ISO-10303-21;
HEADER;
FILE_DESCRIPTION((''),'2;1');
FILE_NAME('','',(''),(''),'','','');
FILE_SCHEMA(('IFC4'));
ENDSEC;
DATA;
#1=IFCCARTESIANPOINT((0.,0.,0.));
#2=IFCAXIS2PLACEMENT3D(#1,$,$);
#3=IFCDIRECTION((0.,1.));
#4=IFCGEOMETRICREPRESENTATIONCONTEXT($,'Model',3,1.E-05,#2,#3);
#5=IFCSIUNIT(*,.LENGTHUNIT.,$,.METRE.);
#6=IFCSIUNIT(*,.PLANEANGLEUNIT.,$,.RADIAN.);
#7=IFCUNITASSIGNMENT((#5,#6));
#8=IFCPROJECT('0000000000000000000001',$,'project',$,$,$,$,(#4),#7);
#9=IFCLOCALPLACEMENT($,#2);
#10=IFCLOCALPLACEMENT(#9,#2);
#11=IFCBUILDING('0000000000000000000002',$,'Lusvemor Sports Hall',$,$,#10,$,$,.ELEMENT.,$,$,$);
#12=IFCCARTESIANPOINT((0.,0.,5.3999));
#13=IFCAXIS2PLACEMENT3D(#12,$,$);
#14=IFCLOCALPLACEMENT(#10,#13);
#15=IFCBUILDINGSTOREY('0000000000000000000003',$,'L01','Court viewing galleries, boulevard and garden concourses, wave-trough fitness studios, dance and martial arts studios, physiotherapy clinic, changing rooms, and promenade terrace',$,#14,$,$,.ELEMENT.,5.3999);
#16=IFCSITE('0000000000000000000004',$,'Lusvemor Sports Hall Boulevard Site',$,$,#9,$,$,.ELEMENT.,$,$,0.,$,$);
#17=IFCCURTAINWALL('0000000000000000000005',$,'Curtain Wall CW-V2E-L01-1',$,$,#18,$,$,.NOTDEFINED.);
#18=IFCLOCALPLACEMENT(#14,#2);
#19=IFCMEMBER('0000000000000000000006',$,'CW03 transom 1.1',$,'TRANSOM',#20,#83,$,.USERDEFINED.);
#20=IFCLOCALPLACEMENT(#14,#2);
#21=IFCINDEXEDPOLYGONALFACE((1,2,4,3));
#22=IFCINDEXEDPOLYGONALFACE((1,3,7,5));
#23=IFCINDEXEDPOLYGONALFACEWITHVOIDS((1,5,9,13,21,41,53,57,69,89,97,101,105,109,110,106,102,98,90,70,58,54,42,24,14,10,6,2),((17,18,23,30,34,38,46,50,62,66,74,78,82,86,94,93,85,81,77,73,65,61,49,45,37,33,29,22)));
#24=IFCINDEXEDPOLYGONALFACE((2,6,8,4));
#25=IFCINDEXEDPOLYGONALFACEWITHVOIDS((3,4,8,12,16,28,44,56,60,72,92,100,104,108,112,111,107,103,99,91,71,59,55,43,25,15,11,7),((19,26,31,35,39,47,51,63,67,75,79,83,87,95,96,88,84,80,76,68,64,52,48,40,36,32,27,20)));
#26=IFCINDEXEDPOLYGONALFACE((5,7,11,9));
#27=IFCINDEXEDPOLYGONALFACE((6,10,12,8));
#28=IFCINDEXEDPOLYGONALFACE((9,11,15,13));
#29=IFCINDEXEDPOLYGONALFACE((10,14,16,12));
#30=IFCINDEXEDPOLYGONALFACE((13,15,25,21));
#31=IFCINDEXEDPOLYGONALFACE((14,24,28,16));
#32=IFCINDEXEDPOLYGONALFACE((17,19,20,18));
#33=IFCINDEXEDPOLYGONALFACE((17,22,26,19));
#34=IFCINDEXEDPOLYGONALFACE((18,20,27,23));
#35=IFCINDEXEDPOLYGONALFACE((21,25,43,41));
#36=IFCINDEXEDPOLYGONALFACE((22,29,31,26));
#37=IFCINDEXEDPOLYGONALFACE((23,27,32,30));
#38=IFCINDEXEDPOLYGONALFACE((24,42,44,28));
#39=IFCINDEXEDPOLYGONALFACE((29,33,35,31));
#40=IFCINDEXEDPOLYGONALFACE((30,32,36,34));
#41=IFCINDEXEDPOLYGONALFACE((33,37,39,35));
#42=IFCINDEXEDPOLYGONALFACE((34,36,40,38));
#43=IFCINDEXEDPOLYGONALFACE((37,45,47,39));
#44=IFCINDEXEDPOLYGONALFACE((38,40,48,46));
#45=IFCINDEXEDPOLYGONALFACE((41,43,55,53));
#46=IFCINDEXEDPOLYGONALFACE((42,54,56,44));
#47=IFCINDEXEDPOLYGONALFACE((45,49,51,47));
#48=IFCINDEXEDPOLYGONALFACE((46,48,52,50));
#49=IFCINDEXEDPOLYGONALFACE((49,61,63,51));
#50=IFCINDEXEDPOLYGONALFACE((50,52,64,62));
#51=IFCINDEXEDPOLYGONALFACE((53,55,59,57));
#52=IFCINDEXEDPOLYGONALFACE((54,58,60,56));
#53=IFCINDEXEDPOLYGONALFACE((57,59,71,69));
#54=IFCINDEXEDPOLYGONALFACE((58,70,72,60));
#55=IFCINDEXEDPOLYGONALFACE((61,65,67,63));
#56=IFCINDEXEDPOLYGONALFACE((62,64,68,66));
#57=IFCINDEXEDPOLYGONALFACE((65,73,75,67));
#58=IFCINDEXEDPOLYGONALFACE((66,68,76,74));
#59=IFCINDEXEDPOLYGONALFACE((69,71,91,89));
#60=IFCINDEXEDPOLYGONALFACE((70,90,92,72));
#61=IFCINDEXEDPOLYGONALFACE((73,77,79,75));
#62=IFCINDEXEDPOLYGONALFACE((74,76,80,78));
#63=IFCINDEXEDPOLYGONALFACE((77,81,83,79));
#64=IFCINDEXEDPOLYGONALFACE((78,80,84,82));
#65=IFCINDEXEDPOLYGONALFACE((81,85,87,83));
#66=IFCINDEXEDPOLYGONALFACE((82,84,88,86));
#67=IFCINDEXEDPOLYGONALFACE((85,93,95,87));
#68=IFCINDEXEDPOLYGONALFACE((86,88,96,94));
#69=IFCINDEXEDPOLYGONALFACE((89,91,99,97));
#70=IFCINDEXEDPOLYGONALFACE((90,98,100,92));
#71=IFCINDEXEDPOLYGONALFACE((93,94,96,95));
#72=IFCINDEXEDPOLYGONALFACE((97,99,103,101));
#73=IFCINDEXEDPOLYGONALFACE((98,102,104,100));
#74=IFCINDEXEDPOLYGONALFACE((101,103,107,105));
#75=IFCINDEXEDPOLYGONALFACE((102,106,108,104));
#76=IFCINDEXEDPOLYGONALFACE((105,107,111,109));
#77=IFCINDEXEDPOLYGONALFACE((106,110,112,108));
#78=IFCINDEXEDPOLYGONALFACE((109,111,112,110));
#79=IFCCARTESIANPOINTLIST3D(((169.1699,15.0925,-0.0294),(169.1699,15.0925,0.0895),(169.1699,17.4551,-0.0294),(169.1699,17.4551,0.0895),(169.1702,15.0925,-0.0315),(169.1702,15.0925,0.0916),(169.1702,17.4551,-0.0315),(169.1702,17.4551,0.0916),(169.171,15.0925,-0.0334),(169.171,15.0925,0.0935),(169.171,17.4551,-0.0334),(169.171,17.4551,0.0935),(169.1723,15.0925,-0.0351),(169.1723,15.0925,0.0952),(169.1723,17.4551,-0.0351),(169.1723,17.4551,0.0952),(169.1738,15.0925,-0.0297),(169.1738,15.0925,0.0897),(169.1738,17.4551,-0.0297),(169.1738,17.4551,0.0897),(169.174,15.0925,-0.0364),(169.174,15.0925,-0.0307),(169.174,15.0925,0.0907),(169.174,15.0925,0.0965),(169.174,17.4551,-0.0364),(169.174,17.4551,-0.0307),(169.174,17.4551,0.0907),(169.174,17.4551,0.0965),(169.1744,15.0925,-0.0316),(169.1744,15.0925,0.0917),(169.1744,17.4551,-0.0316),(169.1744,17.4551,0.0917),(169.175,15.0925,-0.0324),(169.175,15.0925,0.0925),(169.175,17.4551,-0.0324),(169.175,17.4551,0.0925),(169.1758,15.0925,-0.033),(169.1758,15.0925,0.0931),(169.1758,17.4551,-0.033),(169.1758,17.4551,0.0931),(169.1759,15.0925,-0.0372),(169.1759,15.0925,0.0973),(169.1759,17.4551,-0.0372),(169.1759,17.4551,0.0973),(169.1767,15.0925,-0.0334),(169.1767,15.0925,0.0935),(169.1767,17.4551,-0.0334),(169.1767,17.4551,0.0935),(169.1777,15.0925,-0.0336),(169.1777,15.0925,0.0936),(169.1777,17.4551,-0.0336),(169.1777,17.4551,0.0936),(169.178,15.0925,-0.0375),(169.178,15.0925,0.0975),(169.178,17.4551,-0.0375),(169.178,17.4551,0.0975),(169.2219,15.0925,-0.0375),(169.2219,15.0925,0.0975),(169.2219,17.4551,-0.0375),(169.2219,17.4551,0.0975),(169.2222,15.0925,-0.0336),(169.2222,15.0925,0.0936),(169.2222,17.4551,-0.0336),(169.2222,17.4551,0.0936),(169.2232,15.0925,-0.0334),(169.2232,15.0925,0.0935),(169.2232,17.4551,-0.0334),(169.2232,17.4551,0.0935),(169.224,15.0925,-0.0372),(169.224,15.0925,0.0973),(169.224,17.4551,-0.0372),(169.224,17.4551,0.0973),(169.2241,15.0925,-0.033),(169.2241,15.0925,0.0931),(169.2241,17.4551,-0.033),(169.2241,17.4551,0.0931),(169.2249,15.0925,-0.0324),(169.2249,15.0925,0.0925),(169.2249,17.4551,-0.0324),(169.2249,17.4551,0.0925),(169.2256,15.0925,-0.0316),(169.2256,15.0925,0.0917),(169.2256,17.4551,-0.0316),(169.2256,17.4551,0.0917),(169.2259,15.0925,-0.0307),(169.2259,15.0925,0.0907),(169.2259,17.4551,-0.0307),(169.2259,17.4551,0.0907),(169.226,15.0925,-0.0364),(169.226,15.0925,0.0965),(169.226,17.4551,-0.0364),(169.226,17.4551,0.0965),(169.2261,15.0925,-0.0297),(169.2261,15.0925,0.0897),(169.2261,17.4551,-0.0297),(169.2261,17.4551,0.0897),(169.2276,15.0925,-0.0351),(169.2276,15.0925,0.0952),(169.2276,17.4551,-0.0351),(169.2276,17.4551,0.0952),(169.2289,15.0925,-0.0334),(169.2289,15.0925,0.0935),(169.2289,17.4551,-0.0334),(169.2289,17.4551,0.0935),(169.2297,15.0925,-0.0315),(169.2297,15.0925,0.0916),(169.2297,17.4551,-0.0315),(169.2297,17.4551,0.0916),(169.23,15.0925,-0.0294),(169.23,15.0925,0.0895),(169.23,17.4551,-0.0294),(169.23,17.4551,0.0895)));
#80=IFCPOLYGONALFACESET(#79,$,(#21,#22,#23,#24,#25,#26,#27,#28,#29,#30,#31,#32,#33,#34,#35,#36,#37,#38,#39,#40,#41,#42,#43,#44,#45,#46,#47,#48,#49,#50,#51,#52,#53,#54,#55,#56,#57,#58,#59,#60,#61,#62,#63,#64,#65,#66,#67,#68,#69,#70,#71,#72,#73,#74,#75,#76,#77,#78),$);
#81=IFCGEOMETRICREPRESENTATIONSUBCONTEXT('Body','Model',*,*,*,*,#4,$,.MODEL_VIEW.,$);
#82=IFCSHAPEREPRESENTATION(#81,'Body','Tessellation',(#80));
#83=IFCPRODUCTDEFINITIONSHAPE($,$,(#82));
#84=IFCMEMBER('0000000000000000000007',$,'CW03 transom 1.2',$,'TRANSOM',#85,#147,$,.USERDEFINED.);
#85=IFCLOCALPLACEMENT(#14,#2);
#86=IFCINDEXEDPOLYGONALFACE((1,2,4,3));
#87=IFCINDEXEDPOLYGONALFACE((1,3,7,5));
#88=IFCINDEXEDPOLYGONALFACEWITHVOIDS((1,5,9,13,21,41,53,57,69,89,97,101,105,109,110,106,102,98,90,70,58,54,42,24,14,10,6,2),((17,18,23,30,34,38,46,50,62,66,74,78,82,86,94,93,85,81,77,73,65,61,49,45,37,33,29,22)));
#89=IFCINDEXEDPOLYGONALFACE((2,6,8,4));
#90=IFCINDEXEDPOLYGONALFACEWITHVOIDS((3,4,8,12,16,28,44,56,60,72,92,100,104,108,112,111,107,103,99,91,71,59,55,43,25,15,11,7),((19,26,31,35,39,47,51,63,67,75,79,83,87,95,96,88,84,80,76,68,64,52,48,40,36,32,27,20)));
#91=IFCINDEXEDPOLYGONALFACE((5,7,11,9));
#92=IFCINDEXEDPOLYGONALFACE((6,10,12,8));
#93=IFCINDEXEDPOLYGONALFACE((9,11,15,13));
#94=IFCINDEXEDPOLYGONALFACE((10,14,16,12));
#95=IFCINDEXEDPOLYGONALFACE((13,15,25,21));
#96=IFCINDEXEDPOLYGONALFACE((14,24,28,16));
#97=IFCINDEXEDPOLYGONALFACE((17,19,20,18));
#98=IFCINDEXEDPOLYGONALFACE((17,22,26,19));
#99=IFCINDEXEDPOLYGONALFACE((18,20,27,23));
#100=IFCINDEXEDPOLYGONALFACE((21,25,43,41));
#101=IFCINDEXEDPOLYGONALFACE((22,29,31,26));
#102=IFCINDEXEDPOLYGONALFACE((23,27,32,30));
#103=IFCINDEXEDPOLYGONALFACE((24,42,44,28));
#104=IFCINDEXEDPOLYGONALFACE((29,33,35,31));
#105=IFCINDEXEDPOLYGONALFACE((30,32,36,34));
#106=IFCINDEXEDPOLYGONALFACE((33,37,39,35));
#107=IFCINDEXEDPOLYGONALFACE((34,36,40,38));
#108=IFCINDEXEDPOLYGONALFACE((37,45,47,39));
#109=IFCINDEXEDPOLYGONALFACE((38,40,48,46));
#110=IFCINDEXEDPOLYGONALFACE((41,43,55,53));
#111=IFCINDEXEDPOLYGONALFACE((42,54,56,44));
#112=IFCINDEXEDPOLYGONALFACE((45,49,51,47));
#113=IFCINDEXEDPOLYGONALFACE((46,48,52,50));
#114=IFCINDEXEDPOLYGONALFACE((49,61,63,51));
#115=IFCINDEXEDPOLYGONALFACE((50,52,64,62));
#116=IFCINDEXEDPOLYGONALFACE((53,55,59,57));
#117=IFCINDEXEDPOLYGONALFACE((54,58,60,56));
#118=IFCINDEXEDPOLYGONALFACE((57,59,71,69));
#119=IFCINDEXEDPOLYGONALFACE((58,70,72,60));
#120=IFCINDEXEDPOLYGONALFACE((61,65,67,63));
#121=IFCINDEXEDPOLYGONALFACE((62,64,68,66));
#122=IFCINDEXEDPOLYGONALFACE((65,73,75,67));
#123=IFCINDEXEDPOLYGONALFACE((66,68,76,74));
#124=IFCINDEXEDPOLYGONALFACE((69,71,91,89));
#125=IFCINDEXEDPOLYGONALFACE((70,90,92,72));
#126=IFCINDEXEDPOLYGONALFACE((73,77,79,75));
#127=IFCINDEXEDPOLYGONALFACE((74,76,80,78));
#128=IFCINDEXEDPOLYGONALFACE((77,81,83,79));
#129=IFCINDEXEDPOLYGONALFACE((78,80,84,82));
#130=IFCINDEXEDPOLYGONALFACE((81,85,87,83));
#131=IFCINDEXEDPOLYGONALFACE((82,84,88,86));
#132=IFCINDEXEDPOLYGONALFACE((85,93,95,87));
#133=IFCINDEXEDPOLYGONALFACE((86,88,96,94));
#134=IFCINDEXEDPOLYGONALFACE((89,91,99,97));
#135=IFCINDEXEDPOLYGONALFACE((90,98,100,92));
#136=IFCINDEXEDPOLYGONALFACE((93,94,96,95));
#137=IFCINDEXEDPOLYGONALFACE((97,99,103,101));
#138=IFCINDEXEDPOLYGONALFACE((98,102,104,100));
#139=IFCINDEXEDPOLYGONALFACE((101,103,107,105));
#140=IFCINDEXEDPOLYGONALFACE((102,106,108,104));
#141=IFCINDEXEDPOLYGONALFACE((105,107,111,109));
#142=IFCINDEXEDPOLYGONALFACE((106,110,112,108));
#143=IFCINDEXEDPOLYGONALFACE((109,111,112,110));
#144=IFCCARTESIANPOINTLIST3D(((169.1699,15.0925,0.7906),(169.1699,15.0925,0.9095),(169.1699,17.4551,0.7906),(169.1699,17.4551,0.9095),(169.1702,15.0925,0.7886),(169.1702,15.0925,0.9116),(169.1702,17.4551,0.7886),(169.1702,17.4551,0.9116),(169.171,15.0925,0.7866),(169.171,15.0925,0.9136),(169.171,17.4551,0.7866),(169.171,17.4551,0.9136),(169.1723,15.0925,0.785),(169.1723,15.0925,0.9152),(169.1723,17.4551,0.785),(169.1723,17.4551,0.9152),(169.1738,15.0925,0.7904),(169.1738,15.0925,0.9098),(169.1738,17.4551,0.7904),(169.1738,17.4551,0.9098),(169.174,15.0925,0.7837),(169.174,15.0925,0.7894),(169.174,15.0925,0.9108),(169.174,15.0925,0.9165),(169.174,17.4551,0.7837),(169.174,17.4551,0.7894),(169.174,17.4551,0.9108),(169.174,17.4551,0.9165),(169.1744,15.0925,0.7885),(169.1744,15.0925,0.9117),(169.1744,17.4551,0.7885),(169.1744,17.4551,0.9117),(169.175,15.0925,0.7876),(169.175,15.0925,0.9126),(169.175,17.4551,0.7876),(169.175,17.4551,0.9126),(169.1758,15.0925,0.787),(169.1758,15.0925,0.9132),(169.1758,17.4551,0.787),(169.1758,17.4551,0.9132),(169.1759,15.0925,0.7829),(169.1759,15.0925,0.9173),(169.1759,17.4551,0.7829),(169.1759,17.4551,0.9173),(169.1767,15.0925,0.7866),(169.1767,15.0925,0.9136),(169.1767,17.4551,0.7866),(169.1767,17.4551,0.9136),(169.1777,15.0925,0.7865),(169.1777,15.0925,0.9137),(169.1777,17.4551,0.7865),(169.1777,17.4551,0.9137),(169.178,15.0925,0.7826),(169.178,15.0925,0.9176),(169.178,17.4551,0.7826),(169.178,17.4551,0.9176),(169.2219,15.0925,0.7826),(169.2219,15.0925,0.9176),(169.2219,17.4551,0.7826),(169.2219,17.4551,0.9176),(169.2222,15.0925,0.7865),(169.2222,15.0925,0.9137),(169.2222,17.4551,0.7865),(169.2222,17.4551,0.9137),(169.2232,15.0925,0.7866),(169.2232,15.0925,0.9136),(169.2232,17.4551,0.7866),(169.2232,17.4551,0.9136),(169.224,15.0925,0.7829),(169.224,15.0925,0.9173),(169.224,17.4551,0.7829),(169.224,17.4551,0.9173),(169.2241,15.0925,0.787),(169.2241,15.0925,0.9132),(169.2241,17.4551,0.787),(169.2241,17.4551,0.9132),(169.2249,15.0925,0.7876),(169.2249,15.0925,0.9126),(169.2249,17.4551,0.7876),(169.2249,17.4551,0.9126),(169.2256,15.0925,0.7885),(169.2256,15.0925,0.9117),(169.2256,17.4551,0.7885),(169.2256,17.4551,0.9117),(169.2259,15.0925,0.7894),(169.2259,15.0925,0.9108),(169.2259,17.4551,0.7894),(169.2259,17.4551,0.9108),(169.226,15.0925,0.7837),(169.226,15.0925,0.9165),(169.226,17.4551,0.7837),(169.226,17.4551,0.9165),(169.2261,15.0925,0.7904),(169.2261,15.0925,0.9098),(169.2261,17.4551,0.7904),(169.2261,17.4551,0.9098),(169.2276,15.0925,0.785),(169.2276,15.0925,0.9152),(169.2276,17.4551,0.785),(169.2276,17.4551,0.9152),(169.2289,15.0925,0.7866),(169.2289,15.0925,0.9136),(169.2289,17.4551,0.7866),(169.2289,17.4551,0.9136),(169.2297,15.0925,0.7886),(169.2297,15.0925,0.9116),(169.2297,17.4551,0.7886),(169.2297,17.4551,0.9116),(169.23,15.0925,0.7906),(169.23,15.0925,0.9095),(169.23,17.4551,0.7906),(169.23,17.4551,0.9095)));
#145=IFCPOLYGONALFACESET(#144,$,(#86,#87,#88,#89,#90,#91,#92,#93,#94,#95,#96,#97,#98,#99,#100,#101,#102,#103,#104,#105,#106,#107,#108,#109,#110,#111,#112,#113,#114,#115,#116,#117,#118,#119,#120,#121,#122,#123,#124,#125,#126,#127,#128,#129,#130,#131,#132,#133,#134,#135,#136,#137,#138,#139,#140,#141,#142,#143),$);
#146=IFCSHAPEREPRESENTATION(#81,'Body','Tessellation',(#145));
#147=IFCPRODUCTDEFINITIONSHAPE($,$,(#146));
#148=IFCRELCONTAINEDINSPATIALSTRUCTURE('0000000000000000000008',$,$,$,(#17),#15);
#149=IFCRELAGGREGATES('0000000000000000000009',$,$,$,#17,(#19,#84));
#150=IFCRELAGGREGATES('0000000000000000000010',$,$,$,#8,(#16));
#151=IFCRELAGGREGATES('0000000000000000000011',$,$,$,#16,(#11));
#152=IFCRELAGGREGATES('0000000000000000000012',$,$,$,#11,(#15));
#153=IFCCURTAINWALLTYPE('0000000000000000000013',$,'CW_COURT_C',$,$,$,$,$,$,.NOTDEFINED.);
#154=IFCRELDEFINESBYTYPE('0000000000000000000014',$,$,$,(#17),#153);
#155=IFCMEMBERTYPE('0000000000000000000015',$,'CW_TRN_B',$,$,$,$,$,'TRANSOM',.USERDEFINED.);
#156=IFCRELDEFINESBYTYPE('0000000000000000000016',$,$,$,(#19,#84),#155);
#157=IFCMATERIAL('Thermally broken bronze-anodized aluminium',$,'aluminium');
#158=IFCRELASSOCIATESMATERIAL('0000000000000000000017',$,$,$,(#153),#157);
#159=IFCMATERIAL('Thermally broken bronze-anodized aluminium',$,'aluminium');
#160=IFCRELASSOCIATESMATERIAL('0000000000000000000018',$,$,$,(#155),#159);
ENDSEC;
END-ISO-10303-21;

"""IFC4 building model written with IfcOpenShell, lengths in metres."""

from ifc_helpers import new_model, si_unit, direction, frame, origin, origin_2d, place, context, subcontext, project, spatial, hollow_rectangle, extrude, material, material_profile, profile_set, type_object, element, aggregate, save


model = new_model("IFC4")

# Units and contexts
model_context = context("Model", 3, precision=1e-05, world=origin(), true_north=direction((0.0, 1.0)))
body_context = subcontext(model_context, "Body", "Model", "MODEL_VIEW")
ifc_project = project(units=[si_unit("LENGTHUNIT", "METRE"), si_unit("PLANEANGLEUNIT", "RADIAN")], contexts=[model_context])

# Site, building, storey
site_placement = place(None, origin())
site = spatial("IfcSite", under=ifc_project, at=site_placement, Name="Lusvemor Sports Hall Boulevard Site", CompositionType="ELEMENT", RefElevation=0.0)
building_placement = place(site_placement, origin())
building = spatial("IfcBuilding", under=site, at=building_placement, Name="Lusvemor Sports Hall", CompositionType="ELEMENT")
storey_placement = place(building_placement, frame((0.0, 0.0, 5.3999)))
storey = spatial("IfcBuildingStorey", under=building, at=storey_placement, Name="L01", Description="Court viewing galleries, boulevard and garden concourses, wave-trough fitness studios, dance and martial arts studios, physiotherapy clinic, changing rooms, and promenade terrace", CompositionType="ELEMENT", Elevation=5.3999)

# Curtain wall
ifc_material_1 = material(Name="Thermally broken bronze-anodized aluminium", Category="aluminium")
curtain_wall_type = type_object("IfcCurtainWallType", Name="CW_COURT_C", PredefinedType="NOTDEFINED", material=ifc_material_1)
curtain_wall_1_placement = place(storey_placement, origin())
curtain_wall_1 = element("IfcCurtainWall", 1, at=curtain_wall_1_placement, inside=storey, type_object=curtain_wall_type, Name="Curtain Wall CW-V2E-L01-1", PredefinedType="NOTDEFINED")

# Members
ifc_material_2 = material(Name="Thermally broken bronze-anodized aluminium", Category="aluminium")
ifc_material_profile_1 = material_profile(ifc_material_2, hollow_rectangle(XDim=0.0601, YDim=0.135, WallThickness=0.0039, InnerFilletRadius=0.0039, OuterFilletRadius=0.0081, at=origin_2d()), Name="CWTRN135x60x4")
ifc_profile_set_1 = profile_set([ifc_material_profile_1], Name="Thermally broken bronze-anodized aluminium")
member_type_1 = type_object("IfcMemberType", Name="CW_TRN_B", ElementType="TRANSOM", PredefinedType="USERDEFINED", material=ifc_profile_set_1)
member_1_placement = place(storey_placement, frame((169.2, 17.4551, 0.03), z_axis=(0.0, -1.0, 0.0), x_axis=(1.0, 0.0, 0.0)))
member_1 = element("IfcMember", 2, at=member_1_placement, type_object=member_type_1, Name="CW03 transom 1.1", ObjectType="TRANSOM", PredefinedType="USERDEFINED", context=body_context, shape_type="SweptSolid", body=[
    extrude(hollow_rectangle(XDim=0.0601, YDim=0.135, WallThickness=0.0039, InnerFilletRadius=0.0039, OuterFilletRadius=0.0081, at=origin_2d()), origin(), (0.0, 0.0, 1.0), 2.3625),
])
member_2_placement = place(storey_placement, frame((169.2, 17.4551, 0.8501), z_axis=(0.0, -1.0, 0.0), x_axis=(1.0, 0.0, 0.0)))
member_2 = element("IfcMember", 3, at=member_2_placement, type_object=member_type_1, Name="CW03 transom 1.2", ObjectType="TRANSOM", PredefinedType="USERDEFINED", context=body_context, shape_type="SweptSolid", body=[
    extrude(hollow_rectangle(XDim=0.0601, YDim=0.135, WallThickness=0.0039, InnerFilletRadius=0.0039, OuterFilletRadius=0.0081, at=origin_2d()), origin(), (0.0, 0.0, 1.0), 2.3625),
])

aggregate(curtain_wall_1, [member_1, member_2])

save(model, "model.ifc")
